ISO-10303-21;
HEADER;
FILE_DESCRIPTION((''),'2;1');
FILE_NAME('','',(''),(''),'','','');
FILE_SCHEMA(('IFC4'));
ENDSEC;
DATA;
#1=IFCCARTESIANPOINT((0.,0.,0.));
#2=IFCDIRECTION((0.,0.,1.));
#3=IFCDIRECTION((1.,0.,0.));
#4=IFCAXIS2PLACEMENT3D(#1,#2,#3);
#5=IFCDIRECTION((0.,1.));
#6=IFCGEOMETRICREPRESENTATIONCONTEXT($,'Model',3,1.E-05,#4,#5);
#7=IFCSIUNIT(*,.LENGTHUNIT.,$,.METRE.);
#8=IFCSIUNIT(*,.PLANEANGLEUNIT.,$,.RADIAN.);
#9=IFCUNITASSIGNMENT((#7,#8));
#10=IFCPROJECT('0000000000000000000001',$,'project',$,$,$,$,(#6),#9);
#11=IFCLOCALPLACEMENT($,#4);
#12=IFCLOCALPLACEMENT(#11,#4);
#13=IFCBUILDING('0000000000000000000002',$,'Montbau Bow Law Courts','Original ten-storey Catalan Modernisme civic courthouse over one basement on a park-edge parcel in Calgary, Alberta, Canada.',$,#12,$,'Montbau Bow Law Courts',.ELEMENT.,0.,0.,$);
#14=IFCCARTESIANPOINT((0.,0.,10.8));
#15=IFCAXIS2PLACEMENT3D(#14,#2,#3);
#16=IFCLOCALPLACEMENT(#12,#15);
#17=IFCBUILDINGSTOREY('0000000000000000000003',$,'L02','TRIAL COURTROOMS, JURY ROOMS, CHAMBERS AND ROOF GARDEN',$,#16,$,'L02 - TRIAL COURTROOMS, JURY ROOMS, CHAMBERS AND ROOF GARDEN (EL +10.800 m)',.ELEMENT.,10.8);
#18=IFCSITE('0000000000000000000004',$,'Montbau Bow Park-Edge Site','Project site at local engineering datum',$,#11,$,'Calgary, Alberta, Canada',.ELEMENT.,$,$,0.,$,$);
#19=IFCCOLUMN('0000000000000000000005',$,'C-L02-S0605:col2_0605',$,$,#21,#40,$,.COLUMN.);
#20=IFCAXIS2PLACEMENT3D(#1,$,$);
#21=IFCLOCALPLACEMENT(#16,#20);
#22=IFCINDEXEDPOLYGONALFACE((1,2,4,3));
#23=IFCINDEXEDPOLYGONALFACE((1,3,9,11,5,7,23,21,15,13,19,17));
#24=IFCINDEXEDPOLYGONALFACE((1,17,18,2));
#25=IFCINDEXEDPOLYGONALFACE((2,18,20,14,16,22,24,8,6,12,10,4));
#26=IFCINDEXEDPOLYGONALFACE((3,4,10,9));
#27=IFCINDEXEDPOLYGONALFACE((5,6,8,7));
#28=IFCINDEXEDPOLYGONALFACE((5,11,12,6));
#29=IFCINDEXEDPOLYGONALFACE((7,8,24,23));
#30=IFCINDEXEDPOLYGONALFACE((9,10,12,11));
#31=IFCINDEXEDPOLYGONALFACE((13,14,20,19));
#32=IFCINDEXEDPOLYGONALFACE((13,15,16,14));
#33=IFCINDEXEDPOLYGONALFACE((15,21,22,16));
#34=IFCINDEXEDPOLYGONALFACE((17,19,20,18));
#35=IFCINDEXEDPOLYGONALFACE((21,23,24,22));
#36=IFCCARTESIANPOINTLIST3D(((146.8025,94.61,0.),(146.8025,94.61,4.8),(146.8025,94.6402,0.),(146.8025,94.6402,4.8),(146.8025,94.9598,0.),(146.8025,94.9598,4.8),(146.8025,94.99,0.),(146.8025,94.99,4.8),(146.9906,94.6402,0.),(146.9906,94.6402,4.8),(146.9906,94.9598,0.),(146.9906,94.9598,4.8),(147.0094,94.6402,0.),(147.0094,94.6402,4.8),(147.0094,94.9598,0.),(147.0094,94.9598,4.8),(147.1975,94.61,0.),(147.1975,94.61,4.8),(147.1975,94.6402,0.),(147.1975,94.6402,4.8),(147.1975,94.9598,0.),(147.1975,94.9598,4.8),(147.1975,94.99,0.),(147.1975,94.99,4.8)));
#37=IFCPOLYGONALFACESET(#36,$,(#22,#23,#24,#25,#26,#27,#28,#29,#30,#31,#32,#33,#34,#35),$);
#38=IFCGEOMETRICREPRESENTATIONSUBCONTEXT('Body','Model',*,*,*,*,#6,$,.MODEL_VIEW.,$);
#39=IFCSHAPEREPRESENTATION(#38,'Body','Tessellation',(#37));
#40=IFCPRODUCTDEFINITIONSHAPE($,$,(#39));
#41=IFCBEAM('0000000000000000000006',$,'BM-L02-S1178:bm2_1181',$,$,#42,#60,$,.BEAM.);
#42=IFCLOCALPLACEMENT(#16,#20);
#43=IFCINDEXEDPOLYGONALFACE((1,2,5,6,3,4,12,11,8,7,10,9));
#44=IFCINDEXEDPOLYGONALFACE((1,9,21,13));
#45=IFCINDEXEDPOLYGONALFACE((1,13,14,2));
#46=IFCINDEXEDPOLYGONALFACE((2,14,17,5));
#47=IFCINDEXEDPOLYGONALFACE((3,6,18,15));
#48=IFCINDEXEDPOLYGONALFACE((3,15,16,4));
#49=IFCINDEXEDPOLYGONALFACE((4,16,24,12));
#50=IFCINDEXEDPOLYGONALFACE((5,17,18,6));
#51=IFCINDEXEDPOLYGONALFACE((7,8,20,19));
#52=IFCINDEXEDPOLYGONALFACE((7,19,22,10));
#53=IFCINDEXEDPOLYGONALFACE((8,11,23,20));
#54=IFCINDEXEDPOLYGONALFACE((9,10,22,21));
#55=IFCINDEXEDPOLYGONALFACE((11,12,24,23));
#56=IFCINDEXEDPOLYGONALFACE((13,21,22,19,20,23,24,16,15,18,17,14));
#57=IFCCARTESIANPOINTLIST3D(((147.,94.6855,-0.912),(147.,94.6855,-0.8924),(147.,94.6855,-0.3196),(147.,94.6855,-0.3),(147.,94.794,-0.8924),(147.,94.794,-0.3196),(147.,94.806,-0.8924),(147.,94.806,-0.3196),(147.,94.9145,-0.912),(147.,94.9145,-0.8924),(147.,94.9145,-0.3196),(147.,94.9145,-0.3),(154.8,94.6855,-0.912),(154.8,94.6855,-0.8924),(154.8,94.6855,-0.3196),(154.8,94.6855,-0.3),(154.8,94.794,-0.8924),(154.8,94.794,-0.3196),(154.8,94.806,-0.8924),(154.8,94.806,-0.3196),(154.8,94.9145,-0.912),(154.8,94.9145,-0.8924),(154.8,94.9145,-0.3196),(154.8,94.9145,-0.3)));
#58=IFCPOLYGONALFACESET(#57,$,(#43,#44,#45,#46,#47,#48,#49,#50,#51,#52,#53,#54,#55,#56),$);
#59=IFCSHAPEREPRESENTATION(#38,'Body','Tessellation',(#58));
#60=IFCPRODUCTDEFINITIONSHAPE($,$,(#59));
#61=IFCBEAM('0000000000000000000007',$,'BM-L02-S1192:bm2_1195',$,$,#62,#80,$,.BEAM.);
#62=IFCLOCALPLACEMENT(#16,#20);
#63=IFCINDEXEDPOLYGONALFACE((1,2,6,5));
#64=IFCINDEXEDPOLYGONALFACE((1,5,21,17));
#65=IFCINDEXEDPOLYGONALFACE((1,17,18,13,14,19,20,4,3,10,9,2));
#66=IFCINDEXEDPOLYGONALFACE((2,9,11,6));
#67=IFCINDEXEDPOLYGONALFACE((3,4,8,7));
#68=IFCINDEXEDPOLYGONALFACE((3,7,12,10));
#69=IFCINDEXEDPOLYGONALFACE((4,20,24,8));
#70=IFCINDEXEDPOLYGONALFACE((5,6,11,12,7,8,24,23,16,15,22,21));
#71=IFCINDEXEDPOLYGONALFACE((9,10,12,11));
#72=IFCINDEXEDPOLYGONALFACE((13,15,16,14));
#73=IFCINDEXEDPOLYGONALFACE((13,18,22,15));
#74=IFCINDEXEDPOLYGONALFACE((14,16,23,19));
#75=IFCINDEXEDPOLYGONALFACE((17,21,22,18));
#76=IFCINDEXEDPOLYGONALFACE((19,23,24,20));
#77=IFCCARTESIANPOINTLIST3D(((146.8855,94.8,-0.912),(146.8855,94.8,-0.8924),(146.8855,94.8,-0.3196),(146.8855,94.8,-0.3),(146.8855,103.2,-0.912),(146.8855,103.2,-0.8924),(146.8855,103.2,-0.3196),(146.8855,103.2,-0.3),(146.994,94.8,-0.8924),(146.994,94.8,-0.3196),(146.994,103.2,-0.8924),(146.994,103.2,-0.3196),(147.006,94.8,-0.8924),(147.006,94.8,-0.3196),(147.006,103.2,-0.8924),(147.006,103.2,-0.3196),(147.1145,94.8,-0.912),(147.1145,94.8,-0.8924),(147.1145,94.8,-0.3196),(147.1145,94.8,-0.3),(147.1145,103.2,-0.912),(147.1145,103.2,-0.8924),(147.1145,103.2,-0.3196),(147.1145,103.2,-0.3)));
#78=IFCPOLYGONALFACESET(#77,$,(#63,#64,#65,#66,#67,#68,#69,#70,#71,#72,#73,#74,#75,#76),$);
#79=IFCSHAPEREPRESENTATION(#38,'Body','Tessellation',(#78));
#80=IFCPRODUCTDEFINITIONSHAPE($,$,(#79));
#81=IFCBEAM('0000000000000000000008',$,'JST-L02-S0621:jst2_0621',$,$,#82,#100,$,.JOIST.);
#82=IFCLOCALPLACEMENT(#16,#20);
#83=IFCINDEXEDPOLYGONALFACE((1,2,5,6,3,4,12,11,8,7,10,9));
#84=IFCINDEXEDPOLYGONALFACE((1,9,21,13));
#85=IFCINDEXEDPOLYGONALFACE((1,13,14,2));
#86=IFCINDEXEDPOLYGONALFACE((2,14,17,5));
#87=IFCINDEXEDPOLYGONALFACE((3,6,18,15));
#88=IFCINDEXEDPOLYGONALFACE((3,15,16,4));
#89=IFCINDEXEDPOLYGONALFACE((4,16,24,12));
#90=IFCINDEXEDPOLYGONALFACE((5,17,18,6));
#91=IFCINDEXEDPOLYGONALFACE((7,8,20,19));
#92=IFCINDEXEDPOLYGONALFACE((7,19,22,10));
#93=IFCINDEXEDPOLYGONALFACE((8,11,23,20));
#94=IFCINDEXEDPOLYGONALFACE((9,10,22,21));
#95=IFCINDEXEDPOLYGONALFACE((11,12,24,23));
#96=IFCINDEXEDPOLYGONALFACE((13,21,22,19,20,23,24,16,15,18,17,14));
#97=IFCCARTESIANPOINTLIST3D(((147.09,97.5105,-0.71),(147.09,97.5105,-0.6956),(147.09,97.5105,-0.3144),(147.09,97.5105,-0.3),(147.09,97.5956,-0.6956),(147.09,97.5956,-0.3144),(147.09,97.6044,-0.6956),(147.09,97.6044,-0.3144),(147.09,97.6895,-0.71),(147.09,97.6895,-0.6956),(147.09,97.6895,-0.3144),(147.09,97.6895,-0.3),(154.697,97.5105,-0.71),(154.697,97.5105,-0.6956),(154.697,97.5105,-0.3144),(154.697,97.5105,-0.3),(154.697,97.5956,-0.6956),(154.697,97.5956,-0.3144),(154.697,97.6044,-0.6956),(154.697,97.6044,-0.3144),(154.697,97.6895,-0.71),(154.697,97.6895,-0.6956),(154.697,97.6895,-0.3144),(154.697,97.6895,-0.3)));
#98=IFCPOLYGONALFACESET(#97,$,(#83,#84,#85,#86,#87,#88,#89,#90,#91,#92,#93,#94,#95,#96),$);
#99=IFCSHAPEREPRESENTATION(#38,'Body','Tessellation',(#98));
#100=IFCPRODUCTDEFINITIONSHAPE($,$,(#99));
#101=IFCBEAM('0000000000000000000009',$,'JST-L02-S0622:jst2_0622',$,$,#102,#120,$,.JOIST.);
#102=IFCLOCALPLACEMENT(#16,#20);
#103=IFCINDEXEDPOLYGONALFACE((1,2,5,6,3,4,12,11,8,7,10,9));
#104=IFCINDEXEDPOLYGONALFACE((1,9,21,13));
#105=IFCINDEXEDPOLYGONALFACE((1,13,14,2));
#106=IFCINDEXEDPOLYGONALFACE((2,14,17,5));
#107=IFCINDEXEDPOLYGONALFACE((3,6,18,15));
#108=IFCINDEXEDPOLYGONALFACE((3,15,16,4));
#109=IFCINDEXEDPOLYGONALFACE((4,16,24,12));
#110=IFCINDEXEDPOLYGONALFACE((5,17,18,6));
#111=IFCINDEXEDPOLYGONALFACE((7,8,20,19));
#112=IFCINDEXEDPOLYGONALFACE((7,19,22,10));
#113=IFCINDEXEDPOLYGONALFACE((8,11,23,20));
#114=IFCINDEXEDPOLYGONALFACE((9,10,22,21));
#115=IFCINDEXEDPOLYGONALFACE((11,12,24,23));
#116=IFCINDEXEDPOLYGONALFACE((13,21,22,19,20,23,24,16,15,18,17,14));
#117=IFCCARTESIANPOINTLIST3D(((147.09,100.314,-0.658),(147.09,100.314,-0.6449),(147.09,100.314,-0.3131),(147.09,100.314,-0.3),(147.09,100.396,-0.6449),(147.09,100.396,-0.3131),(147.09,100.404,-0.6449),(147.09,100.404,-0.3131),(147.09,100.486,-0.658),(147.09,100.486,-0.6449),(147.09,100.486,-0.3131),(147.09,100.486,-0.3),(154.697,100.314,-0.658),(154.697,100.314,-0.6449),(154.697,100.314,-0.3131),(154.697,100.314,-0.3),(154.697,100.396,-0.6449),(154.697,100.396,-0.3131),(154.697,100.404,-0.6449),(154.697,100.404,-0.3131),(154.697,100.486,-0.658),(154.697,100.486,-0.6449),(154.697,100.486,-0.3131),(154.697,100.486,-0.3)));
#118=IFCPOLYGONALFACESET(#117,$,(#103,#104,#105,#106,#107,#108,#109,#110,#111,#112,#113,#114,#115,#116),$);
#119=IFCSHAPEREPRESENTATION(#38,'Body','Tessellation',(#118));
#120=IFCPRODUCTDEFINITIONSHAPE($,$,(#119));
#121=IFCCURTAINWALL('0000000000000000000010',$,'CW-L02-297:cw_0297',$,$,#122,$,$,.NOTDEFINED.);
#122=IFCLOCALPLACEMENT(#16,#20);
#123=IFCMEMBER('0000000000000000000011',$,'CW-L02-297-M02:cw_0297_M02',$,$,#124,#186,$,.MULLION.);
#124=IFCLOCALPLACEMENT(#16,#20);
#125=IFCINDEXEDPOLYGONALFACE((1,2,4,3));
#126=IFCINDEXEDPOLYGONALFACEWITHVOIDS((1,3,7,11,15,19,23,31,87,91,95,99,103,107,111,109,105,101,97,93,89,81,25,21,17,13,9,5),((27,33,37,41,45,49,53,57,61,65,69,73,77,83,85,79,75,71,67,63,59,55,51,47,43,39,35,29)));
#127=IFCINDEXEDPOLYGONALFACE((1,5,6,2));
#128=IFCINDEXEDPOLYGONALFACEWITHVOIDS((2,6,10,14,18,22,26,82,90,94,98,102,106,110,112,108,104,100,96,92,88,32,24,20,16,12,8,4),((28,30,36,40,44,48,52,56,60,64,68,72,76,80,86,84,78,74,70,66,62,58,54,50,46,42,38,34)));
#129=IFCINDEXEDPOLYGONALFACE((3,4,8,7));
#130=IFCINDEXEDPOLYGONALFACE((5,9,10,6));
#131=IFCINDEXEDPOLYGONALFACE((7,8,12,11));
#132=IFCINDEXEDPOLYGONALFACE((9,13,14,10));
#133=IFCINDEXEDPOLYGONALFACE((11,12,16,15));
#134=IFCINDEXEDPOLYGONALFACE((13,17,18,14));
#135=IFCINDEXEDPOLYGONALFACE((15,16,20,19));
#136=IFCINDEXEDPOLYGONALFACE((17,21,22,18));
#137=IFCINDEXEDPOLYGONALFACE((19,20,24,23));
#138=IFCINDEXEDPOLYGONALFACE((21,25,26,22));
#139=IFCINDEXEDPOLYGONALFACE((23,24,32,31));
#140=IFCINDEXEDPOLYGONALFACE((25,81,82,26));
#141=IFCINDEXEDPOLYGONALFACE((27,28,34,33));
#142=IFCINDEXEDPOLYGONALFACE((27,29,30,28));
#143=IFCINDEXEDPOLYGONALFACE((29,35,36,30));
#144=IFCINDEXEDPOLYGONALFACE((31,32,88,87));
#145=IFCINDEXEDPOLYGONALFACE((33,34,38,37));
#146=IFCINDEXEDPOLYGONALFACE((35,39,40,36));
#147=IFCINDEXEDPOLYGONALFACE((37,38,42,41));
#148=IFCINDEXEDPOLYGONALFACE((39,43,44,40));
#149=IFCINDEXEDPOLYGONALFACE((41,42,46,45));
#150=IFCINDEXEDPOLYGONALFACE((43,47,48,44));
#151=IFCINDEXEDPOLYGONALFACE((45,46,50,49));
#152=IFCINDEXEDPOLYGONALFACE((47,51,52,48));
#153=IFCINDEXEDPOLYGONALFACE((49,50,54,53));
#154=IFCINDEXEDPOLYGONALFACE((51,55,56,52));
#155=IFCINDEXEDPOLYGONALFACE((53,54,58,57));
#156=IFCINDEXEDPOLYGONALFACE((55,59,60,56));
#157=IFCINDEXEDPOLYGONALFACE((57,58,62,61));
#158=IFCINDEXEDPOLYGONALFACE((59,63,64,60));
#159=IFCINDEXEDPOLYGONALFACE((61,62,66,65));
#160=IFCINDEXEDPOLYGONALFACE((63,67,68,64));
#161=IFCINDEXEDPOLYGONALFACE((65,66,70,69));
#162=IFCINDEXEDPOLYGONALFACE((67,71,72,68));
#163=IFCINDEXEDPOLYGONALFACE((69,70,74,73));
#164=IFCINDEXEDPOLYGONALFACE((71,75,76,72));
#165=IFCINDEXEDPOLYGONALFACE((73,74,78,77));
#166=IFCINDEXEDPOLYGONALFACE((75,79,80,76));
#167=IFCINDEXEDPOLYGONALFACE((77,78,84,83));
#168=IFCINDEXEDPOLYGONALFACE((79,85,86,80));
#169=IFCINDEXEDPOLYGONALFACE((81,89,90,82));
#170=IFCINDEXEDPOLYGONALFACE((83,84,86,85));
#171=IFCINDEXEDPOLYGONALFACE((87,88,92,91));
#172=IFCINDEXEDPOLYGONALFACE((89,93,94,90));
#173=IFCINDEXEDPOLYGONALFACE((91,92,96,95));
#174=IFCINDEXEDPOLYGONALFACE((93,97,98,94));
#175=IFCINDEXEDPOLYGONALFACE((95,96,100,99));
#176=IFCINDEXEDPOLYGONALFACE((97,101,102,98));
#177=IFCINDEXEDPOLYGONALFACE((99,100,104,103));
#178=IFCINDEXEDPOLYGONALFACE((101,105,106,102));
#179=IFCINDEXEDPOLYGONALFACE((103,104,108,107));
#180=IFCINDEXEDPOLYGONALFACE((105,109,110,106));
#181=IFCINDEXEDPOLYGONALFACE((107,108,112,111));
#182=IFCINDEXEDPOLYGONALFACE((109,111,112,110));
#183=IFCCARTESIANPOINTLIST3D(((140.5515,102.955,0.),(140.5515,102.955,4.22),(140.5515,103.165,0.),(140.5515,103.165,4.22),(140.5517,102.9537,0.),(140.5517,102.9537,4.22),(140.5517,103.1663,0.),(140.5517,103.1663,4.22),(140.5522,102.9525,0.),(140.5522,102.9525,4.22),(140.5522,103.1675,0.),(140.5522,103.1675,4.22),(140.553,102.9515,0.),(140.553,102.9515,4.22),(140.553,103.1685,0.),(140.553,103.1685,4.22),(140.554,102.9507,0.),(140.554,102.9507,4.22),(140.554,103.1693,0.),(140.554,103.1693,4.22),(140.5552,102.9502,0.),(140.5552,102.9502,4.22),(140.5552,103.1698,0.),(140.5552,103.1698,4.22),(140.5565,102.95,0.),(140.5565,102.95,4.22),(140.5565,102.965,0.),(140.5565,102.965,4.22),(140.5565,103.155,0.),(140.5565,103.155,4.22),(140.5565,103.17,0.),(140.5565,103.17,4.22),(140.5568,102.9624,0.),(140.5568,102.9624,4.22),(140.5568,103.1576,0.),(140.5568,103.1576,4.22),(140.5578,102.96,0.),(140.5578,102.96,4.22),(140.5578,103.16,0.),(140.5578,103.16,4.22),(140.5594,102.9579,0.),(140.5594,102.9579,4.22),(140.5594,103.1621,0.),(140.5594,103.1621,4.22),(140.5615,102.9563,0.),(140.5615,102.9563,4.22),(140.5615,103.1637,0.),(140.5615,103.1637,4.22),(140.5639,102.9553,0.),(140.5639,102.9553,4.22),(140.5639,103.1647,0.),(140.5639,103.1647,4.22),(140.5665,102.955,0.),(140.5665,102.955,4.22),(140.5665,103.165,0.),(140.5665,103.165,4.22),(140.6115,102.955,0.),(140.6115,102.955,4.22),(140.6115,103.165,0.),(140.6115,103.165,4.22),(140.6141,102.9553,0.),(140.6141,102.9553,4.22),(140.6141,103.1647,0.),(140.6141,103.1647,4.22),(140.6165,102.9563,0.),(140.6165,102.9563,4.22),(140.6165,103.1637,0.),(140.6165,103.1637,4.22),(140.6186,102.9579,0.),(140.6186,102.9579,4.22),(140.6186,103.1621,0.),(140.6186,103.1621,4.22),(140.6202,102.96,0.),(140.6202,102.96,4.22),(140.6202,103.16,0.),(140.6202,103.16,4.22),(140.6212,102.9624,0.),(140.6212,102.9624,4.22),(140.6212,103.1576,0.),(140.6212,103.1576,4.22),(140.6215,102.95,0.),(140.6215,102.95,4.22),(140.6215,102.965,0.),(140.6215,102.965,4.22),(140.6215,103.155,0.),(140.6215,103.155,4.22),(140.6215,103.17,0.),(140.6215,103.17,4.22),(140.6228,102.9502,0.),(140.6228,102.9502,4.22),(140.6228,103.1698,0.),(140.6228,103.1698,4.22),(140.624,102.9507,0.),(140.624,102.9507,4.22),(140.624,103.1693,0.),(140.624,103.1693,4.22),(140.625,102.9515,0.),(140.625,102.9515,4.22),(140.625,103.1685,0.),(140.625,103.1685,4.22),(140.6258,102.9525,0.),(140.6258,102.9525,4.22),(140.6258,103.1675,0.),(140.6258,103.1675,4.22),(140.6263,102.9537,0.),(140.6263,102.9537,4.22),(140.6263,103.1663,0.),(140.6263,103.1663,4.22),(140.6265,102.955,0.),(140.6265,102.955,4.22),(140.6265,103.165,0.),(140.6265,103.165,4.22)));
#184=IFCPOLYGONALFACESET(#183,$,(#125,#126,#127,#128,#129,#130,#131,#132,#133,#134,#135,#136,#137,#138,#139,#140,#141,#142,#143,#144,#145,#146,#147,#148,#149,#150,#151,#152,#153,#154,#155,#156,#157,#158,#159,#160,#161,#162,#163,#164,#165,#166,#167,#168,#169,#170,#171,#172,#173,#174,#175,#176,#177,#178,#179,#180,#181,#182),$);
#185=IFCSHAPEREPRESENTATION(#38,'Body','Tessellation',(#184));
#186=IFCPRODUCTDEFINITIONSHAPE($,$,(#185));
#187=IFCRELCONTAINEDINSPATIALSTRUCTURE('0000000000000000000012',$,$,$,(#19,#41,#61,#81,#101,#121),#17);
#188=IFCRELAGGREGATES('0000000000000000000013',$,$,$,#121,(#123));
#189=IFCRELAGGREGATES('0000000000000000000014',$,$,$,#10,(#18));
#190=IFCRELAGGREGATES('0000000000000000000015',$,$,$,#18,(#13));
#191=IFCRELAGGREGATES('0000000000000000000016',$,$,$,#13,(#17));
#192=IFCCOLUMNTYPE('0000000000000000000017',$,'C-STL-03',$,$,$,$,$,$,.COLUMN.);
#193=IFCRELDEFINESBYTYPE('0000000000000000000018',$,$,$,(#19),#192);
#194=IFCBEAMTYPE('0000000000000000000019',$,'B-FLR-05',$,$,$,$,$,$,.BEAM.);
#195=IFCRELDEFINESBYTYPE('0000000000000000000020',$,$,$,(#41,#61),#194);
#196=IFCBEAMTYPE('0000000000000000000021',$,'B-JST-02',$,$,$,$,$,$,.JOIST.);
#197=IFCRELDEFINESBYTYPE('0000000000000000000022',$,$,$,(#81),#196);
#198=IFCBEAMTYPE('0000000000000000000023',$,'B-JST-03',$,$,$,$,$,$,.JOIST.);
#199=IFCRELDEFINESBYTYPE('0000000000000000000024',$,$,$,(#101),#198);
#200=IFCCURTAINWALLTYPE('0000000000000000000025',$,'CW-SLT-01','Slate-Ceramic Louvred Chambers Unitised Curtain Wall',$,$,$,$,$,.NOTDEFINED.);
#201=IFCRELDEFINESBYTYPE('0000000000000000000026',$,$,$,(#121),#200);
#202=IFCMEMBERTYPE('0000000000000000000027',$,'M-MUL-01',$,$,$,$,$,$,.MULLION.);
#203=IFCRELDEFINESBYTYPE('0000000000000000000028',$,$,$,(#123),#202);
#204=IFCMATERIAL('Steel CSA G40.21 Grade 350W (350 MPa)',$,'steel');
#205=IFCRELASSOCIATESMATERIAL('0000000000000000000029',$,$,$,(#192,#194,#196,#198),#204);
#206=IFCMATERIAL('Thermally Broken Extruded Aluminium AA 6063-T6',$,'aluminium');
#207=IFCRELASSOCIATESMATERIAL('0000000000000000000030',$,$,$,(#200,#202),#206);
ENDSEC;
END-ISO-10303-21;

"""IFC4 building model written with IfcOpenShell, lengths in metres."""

from ifc_helpers import new_model, si_unit, direction, frame, origin_with_axes, origin_2d_with_axis, place, context, subcontext, project, spatial, hollow_rectangle, i_section, extrude, material, material_profile, profile_set, type_object, element, aggregate, save


model = new_model("IFC4")

# Units and contexts
model_context = context("Model", 3, precision=1e-05, world=origin_with_axes(), true_north=direction((0.0, 1.0)))
body_context = subcontext(model_context, "Body", "Model", "MODEL_VIEW")
ifc_project = project(units=[si_unit("LENGTHUNIT", "METRE"), si_unit("PLANEANGLEUNIT", "RADIAN")], contexts=[model_context])

# Site, building, storey
site_placement = place(None, origin_with_axes())
site = spatial("IfcSite", under=ifc_project, at=site_placement, Name="Montbau Bow Park-Edge Site", Description="Project site at local engineering datum", LongName="Calgary, Alberta, Canada", CompositionType="ELEMENT", RefElevation=0.0)
building_placement = place(site_placement, origin_with_axes())
building = spatial("IfcBuilding", under=site, at=building_placement, Name="Montbau Bow Law Courts", Description="Original ten-storey Catalan Modernisme civic courthouse over one basement on a park-edge parcel in Calgary, Alberta, Canada.", LongName="Montbau Bow Law Courts", CompositionType="ELEMENT", ElevationOfRefHeight=0.0, ElevationOfTerrain=0.0)
storey_placement = place(building_placement, frame((0.0, 0.0, 10.8), z_axis=(0.0, 0.0, 1.0), x_axis=(1.0, 0.0, 0.0)))
storey = spatial("IfcBuildingStorey", under=building, at=storey_placement, Name="L02", Description="TRIAL COURTROOMS, JURY ROOMS, CHAMBERS AND ROOF GARDEN", LongName="L02 - TRIAL COURTROOMS, JURY ROOMS, CHAMBERS AND ROOF GARDEN (EL +10.800 m)", CompositionType="ELEMENT", Elevation=10.8)

# Column
ifc_material_1 = material(Name="Steel CSA G40.21 Grade 350W (350 MPa)", Category="steel")
ifc_material_profile_1 = material_profile(ifc_material_1, i_section(OverallWidth=0.395, OverallDepth=0.38, WebThickness=0.0189, FlangeThickness=0.0302, at=origin_2d_with_axis()), Name="W360X237", Category="Main", Priority=0)
ifc_profile_set_1 = profile_set([ifc_material_profile_1], Name="Steel CSA G40.21 Grade 350W (350 MPa)")
column_type = type_object("IfcColumnType", Name="C-STL-03", PredefinedType="COLUMN", material=ifc_profile_set_1)
column_placement = place(None, frame((147.0, 94.8, 10.8), z_axis=(0.0, 0.0, 1.0), x_axis=(1.0, 0.0, 0.0)))
element("IfcColumn", 1, at=column_placement, inside=storey, type_object=column_type, Name="C-L02-S0605:col2_0605", PredefinedType="COLUMN", context=body_context, shape_type="SweptSolid", body=[
    extrude(i_section(OverallWidth=0.395, OverallDepth=0.38, WebThickness=0.0189, FlangeThickness=0.0302, at=origin_2d_with_axis()), origin_with_axes(), (0.0, 0.0, 1.0), 4.8),
])

# Beams
ifc_material_profile_2 = material_profile(ifc_material_1, i_section(OverallWidth=0.229, OverallDepth=0.612, WebThickness=0.0119, FlangeThickness=0.0196, at=origin_2d_with_axis()), Name="W610X125", Category="Main", Priority=0)
ifc_profile_set_2 = profile_set([ifc_material_profile_2], Name="Steel CSA G40.21 Grade 350W (350 MPa)")
beam_type_1 = type_object("IfcBeamType", Name="B-FLR-05", PredefinedType="BEAM", material=ifc_profile_set_2)
beam_1_placement = place(None, frame((147.0, 94.8, 10.194), z_axis=(1.0, 0.0, 0.0), x_axis=(0.0, 1.0, 0.0)))
element("IfcBeam", 2, at=beam_1_placement, inside=storey, type_object=beam_type_1, Name="BM-L02-S1178:bm2_1181", PredefinedType="BEAM", context=body_context, shape_type="SweptSolid", body=[
    extrude(i_section(OverallWidth=0.229, OverallDepth=0.612, WebThickness=0.0119, FlangeThickness=0.0196, at=origin_2d_with_axis()), origin_with_axes(), (0.0, 0.0, 1.0), 7.8),
])
beam_2_placement = place(None, frame((147.0, 94.8, 10.194), z_axis=(0.0, 1.0, 0.0), x_axis=(-1.0, 0.0, 0.0)))
element("IfcBeam", 3, at=beam_2_placement, inside=storey, type_object=beam_type_1, Name="BM-L02-S1192:bm2_1195", PredefinedType="BEAM", context=body_context, shape_type="SweptSolid", body=[
    extrude(i_section(OverallWidth=0.229, OverallDepth=0.612, WebThickness=0.0119, FlangeThickness=0.0196, at=origin_2d_with_axis()), origin_with_axes(), (0.0, 0.0, 1.0), 8.4),
])
ifc_material_profile_3 = material_profile(ifc_material_1, i_section(OverallWidth=0.179, OverallDepth=0.41, WebThickness=0.0088, FlangeThickness=0.0144, at=origin_2d_with_axis()), Name="W410X67", Category="Main", Priority=0)
ifc_profile_set_3 = profile_set([ifc_material_profile_3], Name="Steel CSA G40.21 Grade 350W (350 MPa)")
beam_type_2 = type_object("IfcBeamType", Name="B-JST-02", PredefinedType="JOIST", material=ifc_profile_set_3)
beam_3_placement = place(None, frame((147.09, 97.6, 10.295), z_axis=(1.0, 0.0, 0.0), x_axis=(0.0, 1.0, 0.0)))
element("IfcBeam", 4, at=beam_3_placement, inside=storey, type_object=beam_type_2, Name="JST-L02-S0621:jst2_0621", PredefinedType="JOIST", context=body_context, shape_type="SweptSolid", body=[
    extrude(i_section(OverallWidth=0.179, OverallDepth=0.41, WebThickness=0.0088, FlangeThickness=0.0144, at=origin_2d_with_axis()), origin_with_axes(), (0.0, 0.0, 1.0), 7.607),
])
ifc_material_profile_4 = material_profile(ifc_material_1, i_section(OverallWidth=0.172, OverallDepth=0.358, WebThickness=0.0079, FlangeThickness=0.0131, at=origin_2d_with_axis()), Name="W360X57", Category="Main", Priority=0)
ifc_profile_set_4 = profile_set([ifc_material_profile_4], Name="Steel CSA G40.21 Grade 350W (350 MPa)")
beam_type_3 = type_object("IfcBeamType", Name="B-JST-03", PredefinedType="JOIST", material=ifc_profile_set_4)
beam_4_placement = place(None, frame((147.09, 100.4, 10.321), z_axis=(1.0, 0.0, 0.0), x_axis=(0.0, 1.0, 0.0)))
element("IfcBeam", 5, at=beam_4_placement, inside=storey, type_object=beam_type_3, Name="JST-L02-S0622:jst2_0622", PredefinedType="JOIST", context=body_context, shape_type="SweptSolid", body=[
    extrude(i_section(OverallWidth=0.172, OverallDepth=0.358, WebThickness=0.0079, FlangeThickness=0.0131, at=origin_2d_with_axis()), origin_with_axes(), (0.0, 0.0, 1.0), 7.607),
])

# Curtain wall, member
ifc_material_2 = material(Name="Thermally Broken Extruded Aluminium AA 6063-T6", Category="aluminium")
curtain_wall_type = type_object("IfcCurtainWallType", Name="CW-SLT-01", Description="Slate-Ceramic Louvred Chambers Unitised Curtain Wall", PredefinedType="NOTDEFINED", material=ifc_material_2)
curtain_wall_placement = place(None, frame((139.115, 103.06, 10.8), z_axis=(0.0, 0.0, 1.0), x_axis=(1.0, 0.0, 0.0)))
curtain_wall = element("IfcCurtainWall", 6, at=curtain_wall_placement, inside=storey, type_object=curtain_wall_type, Name="CW-L02-297:cw_0297", PredefinedType="NOTDEFINED")
ifc_material_profile_5 = material_profile(ifc_material_2, hollow_rectangle(XDim=0.075, YDim=0.22, WallThickness=0.005, InnerFilletRadius=0.01, OuterFilletRadius=0.005, at=origin_2d_with_axis()), Name="CWM-220X75", Category="Main", Priority=0)
ifc_profile_set_5 = profile_set([ifc_material_profile_5], Name="Thermally Broken Extruded Aluminium AA 6063-T6")
member_type_1 = type_object("IfcMemberType", Name="M-MUL-01", PredefinedType="MULLION", material=ifc_profile_set_5)
member_1_placement = place(None, frame((140.589, 103.06, 10.8), z_axis=(0.0, 0.0, 1.0), x_axis=(1.0, 0.0, 0.0)))
member_1 = element("IfcMember", 7, at=member_1_placement, type_object=member_type_1, Name="CW-L02-297-M02:cw_0297_M02", PredefinedType="MULLION", context=body_context, shape_type="SweptSolid", body=[
    extrude(hollow_rectangle(XDim=0.075, YDim=0.22, WallThickness=0.005, InnerFilletRadius=0.01, OuterFilletRadius=0.005, at=origin_2d_with_axis()), origin_with_axes(), (0.0, 0.0, 1.0), 4.22),
])
aggregate(curtain_wall, [member_1])

save(model, "model.ifc")
